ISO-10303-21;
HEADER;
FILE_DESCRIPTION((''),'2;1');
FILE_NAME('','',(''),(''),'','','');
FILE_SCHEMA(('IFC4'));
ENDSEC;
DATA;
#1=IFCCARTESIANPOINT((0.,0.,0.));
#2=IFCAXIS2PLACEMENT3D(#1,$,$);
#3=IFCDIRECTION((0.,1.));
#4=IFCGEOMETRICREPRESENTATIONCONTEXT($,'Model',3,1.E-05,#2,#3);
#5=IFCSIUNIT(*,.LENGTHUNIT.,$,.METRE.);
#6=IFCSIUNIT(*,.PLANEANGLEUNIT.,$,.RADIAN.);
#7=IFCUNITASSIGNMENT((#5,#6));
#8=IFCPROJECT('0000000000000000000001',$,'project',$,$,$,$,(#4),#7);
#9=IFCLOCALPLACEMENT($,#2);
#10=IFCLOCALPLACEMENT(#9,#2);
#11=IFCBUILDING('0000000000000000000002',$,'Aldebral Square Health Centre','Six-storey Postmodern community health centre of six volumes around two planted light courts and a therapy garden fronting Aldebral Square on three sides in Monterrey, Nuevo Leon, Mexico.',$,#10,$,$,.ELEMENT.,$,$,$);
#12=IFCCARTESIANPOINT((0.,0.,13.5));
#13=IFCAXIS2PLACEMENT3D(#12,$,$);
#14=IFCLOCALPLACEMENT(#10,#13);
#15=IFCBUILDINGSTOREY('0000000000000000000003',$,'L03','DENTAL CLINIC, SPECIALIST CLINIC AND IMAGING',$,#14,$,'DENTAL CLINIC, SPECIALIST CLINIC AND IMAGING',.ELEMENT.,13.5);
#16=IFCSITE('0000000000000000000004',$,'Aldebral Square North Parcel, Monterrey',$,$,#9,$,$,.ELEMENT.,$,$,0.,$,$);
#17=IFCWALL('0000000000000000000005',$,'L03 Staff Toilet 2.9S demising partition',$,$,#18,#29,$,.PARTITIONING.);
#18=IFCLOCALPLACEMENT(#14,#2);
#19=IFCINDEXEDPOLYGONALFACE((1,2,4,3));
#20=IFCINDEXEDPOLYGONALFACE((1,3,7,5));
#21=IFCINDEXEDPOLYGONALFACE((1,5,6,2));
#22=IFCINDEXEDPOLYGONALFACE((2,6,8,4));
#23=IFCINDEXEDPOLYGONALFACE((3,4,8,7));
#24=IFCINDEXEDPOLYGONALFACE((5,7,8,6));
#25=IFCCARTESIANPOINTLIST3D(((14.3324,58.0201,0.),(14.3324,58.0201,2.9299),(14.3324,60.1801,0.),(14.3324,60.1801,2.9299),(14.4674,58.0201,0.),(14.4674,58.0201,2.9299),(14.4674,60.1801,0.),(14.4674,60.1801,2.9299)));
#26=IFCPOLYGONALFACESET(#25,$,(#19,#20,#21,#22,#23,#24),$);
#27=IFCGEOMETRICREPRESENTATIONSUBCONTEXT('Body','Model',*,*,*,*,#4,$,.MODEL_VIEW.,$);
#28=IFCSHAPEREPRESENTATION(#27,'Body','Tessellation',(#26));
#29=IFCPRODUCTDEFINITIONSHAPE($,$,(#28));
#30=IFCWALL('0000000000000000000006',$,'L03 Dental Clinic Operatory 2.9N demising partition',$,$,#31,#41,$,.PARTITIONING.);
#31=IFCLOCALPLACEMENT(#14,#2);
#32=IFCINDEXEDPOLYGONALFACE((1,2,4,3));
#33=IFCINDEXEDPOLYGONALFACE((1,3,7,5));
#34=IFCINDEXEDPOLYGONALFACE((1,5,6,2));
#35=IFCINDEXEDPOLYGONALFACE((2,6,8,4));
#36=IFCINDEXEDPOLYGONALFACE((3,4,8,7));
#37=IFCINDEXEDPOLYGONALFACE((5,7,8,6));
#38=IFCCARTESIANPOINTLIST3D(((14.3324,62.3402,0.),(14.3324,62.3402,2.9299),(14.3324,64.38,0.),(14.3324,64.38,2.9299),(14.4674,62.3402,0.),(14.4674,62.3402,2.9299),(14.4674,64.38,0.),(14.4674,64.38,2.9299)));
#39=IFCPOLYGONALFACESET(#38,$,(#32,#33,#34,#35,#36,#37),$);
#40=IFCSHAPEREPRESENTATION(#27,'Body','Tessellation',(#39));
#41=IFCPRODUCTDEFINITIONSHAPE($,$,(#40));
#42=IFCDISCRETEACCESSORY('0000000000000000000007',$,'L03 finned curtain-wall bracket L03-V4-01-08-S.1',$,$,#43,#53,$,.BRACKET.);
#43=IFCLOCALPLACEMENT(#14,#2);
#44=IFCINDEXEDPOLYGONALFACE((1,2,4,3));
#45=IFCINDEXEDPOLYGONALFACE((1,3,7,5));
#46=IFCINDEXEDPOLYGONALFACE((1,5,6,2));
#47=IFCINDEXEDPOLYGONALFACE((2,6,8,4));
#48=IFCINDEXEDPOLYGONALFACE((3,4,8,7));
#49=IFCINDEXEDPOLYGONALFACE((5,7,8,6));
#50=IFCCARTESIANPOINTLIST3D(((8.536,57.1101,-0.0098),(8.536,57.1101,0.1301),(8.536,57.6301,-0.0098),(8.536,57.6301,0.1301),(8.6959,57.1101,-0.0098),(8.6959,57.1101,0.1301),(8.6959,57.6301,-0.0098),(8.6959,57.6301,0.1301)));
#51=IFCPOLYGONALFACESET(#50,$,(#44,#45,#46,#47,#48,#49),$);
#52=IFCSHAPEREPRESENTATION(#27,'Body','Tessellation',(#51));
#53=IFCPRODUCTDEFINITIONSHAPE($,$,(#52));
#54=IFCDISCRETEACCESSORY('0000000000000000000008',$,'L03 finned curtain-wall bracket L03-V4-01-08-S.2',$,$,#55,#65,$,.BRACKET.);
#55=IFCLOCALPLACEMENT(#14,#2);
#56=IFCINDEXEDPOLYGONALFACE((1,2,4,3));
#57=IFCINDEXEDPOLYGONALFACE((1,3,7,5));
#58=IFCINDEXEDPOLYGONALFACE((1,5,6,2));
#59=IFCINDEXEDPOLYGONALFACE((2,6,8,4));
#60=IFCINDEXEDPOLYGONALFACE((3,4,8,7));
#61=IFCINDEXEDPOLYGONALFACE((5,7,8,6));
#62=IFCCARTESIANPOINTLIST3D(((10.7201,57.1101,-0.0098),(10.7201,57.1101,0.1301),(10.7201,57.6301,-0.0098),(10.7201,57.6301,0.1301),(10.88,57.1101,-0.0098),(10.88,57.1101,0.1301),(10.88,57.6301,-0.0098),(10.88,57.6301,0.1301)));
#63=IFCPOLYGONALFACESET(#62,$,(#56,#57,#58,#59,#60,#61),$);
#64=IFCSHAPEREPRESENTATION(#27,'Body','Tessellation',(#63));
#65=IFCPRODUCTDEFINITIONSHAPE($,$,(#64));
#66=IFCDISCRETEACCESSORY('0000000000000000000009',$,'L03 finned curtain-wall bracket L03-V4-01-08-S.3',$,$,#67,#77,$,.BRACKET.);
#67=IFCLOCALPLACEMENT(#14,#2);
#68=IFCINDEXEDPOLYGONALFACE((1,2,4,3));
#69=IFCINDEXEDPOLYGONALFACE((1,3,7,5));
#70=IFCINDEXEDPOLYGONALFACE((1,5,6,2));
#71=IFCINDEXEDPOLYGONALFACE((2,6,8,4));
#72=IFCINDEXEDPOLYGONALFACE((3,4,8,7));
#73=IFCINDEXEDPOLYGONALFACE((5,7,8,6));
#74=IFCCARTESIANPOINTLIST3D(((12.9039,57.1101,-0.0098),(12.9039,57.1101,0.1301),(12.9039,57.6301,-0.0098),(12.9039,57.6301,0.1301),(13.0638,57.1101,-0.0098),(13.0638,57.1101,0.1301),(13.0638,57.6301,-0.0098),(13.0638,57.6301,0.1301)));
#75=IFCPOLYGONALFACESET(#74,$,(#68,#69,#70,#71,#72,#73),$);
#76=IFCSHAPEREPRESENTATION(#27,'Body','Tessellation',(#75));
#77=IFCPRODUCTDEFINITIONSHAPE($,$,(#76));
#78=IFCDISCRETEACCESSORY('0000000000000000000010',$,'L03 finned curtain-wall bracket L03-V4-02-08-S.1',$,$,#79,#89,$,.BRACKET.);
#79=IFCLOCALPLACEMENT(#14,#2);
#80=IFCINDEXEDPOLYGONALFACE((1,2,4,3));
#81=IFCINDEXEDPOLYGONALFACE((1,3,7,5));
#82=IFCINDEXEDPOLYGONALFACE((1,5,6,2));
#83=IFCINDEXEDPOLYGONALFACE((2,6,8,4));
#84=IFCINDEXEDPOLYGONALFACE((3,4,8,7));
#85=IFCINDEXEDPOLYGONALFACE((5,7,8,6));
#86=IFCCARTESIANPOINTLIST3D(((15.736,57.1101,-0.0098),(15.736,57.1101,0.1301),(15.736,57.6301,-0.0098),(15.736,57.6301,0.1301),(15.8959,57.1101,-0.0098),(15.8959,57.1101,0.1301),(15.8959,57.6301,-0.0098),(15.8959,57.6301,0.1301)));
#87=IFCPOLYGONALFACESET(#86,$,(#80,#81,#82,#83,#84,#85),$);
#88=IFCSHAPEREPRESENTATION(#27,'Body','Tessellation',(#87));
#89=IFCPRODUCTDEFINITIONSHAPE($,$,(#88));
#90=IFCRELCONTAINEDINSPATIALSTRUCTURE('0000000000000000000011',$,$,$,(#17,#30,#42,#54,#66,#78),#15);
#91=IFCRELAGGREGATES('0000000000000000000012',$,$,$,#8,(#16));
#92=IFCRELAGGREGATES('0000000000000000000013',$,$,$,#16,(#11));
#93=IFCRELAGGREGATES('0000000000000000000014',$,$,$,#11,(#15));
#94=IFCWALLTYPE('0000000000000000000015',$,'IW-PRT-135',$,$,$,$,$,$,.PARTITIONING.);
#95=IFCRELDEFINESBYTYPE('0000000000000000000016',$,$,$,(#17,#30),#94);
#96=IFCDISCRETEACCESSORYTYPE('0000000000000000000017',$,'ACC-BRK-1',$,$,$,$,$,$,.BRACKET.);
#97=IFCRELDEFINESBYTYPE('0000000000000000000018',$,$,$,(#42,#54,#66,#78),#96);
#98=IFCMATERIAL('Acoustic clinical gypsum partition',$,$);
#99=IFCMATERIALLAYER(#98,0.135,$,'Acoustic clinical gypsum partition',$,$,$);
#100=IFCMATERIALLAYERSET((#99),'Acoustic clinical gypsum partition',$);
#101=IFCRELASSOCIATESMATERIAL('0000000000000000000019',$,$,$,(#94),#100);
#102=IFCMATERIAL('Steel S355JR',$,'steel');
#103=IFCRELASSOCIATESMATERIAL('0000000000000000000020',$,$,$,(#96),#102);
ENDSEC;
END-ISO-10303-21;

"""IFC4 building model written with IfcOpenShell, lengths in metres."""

from ifc_helpers import new_model, si_unit, direction, frame, frame_2d, origin, origin_2d, place, context, subcontext, project, spatial, rectangle, extrude, material, layer, layer_set, type_object, element, save


model = new_model("IFC4")

# Units and contexts
model_context = context("Model", 3, precision=1e-05, world=origin(), true_north=direction((0.0, 1.0)))
body_context = subcontext(model_context, "Body", "Model", "MODEL_VIEW")
ifc_project = project(units=[si_unit("LENGTHUNIT", "METRE"), si_unit("PLANEANGLEUNIT", "RADIAN")], contexts=[model_context])

# Site, building, storey
site_placement = place(None, origin())
site = spatial("IfcSite", under=ifc_project, at=site_placement, Name="Aldebral Square North Parcel, Monterrey", CompositionType="ELEMENT", RefElevation=0.0)
building_placement = place(site_placement, origin())
building = spatial("IfcBuilding", under=site, at=building_placement, Name="Aldebral Square Health Centre", Description="Six-storey Postmodern community health centre of six volumes around two planted light courts and a therapy garden fronting Aldebral Square on three sides in Monterrey, Nuevo Leon, Mexico.", CompositionType="ELEMENT")
storey_placement = place(building_placement, frame((0.0, 0.0, 13.5)))
storey = spatial("IfcBuildingStorey", under=building, at=storey_placement, Name="L03", Description="DENTAL CLINIC, SPECIALIST CLINIC AND IMAGING", LongName="DENTAL CLINIC, SPECIALIST CLINIC AND IMAGING", CompositionType="ELEMENT", Elevation=13.5)

# Walls
ifc_material_1 = material(Name="Acoustic clinical gypsum partition")
ifc_layer_1 = layer(ifc_material_1, 0.135, Name="Acoustic clinical gypsum partition")
ifc_layer_set_1 = layer_set([ifc_layer_1], Name="Acoustic clinical gypsum partition")
wall_type_1 = type_object("IfcWallType", Name="IW-PRT-135", PredefinedType="PARTITIONING", material=ifc_layer_set_1)
wall_1_placement = place(storey_placement, frame((14.3999, 58.02, 0.0), z_axis=(0.0, 0.0, 1.0), x_axis=(0.0, 1.0, 0.0)))
element("IfcWall", 1, at=wall_1_placement, inside=storey, type_object=wall_type_1, Name="L03 Staff Toilet 2.9S demising partition", PredefinedType="PARTITIONING", context=body_context, shape_type="SweptSolid", body=[
    extrude(rectangle(XDim=2.1599, YDim=0.135, at=frame_2d((1.0801, 0.0))), origin(), (0.0, 0.0, 1.0), 2.9299),
])
wall_2_placement = place(storey_placement, frame((14.3999, 62.3401, 0.0), z_axis=(0.0, 0.0, 1.0), x_axis=(0.0, 1.0, 0.0)))
element("IfcWall", 2, at=wall_2_placement, inside=storey, type_object=wall_type_1, Name="L03 Dental Clinic Operatory 2.9N demising partition", PredefinedType="PARTITIONING", context=body_context, shape_type="SweptSolid", body=[
    extrude(rectangle(XDim=2.0398, YDim=0.135, at=frame_2d((1.02, 0.0))), origin(), (0.0, 0.0, 1.0), 2.9299),
])

# Discrete accessories
ifc_material_2 = material(Name="Steel S355JR", Category="steel")
discrete_accessory_type = type_object("IfcDiscreteAccessoryType", Name="ACC-BRK-1", PredefinedType="BRACKET", material=ifc_material_2)
for number, where, z_axis, x_axis, name in (
    (3, (8.616, 57.3701, -0.0098), (0.0, 0.0, 1.0), (1.0, 0.0, 0.0), "L03 finned curtain-wall bracket L03-V4-01-08-S.1"),
    (4, (10.8, 57.3701, -0.0098), (0.0, 0.0, 1.0), (1.0, 0.0, 0.0), "L03 finned curtain-wall bracket L03-V4-01-08-S.2"),
    (5, (12.9839, 57.3701, -0.0098), (0.0, 0.0, 1.0), (1.0, 0.0, 0.0), "L03 finned curtain-wall bracket L03-V4-01-08-S.3"),
    (6, (15.8159, 57.3701, -0.0098), (0.0, 0.0, 1.0), (1.0, 0.0, 0.0), "L03 finned curtain-wall bracket L03-V4-02-08-S.1"),
):
    element("IfcDiscreteAccessory", number, at=place(storey_placement, frame(where, z_axis=z_axis, x_axis=x_axis)), inside=storey, type_object=discrete_accessory_type, Name=name, PredefinedType="BRACKET", context=body_context, shape_type="SweptSolid", body=[
        extrude(rectangle(XDim=0.1599, YDim=0.52, at=origin_2d()), origin(), (0.0, 0.0, 1.0), 0.1399),
    ])

save(model, "model.ifc")
